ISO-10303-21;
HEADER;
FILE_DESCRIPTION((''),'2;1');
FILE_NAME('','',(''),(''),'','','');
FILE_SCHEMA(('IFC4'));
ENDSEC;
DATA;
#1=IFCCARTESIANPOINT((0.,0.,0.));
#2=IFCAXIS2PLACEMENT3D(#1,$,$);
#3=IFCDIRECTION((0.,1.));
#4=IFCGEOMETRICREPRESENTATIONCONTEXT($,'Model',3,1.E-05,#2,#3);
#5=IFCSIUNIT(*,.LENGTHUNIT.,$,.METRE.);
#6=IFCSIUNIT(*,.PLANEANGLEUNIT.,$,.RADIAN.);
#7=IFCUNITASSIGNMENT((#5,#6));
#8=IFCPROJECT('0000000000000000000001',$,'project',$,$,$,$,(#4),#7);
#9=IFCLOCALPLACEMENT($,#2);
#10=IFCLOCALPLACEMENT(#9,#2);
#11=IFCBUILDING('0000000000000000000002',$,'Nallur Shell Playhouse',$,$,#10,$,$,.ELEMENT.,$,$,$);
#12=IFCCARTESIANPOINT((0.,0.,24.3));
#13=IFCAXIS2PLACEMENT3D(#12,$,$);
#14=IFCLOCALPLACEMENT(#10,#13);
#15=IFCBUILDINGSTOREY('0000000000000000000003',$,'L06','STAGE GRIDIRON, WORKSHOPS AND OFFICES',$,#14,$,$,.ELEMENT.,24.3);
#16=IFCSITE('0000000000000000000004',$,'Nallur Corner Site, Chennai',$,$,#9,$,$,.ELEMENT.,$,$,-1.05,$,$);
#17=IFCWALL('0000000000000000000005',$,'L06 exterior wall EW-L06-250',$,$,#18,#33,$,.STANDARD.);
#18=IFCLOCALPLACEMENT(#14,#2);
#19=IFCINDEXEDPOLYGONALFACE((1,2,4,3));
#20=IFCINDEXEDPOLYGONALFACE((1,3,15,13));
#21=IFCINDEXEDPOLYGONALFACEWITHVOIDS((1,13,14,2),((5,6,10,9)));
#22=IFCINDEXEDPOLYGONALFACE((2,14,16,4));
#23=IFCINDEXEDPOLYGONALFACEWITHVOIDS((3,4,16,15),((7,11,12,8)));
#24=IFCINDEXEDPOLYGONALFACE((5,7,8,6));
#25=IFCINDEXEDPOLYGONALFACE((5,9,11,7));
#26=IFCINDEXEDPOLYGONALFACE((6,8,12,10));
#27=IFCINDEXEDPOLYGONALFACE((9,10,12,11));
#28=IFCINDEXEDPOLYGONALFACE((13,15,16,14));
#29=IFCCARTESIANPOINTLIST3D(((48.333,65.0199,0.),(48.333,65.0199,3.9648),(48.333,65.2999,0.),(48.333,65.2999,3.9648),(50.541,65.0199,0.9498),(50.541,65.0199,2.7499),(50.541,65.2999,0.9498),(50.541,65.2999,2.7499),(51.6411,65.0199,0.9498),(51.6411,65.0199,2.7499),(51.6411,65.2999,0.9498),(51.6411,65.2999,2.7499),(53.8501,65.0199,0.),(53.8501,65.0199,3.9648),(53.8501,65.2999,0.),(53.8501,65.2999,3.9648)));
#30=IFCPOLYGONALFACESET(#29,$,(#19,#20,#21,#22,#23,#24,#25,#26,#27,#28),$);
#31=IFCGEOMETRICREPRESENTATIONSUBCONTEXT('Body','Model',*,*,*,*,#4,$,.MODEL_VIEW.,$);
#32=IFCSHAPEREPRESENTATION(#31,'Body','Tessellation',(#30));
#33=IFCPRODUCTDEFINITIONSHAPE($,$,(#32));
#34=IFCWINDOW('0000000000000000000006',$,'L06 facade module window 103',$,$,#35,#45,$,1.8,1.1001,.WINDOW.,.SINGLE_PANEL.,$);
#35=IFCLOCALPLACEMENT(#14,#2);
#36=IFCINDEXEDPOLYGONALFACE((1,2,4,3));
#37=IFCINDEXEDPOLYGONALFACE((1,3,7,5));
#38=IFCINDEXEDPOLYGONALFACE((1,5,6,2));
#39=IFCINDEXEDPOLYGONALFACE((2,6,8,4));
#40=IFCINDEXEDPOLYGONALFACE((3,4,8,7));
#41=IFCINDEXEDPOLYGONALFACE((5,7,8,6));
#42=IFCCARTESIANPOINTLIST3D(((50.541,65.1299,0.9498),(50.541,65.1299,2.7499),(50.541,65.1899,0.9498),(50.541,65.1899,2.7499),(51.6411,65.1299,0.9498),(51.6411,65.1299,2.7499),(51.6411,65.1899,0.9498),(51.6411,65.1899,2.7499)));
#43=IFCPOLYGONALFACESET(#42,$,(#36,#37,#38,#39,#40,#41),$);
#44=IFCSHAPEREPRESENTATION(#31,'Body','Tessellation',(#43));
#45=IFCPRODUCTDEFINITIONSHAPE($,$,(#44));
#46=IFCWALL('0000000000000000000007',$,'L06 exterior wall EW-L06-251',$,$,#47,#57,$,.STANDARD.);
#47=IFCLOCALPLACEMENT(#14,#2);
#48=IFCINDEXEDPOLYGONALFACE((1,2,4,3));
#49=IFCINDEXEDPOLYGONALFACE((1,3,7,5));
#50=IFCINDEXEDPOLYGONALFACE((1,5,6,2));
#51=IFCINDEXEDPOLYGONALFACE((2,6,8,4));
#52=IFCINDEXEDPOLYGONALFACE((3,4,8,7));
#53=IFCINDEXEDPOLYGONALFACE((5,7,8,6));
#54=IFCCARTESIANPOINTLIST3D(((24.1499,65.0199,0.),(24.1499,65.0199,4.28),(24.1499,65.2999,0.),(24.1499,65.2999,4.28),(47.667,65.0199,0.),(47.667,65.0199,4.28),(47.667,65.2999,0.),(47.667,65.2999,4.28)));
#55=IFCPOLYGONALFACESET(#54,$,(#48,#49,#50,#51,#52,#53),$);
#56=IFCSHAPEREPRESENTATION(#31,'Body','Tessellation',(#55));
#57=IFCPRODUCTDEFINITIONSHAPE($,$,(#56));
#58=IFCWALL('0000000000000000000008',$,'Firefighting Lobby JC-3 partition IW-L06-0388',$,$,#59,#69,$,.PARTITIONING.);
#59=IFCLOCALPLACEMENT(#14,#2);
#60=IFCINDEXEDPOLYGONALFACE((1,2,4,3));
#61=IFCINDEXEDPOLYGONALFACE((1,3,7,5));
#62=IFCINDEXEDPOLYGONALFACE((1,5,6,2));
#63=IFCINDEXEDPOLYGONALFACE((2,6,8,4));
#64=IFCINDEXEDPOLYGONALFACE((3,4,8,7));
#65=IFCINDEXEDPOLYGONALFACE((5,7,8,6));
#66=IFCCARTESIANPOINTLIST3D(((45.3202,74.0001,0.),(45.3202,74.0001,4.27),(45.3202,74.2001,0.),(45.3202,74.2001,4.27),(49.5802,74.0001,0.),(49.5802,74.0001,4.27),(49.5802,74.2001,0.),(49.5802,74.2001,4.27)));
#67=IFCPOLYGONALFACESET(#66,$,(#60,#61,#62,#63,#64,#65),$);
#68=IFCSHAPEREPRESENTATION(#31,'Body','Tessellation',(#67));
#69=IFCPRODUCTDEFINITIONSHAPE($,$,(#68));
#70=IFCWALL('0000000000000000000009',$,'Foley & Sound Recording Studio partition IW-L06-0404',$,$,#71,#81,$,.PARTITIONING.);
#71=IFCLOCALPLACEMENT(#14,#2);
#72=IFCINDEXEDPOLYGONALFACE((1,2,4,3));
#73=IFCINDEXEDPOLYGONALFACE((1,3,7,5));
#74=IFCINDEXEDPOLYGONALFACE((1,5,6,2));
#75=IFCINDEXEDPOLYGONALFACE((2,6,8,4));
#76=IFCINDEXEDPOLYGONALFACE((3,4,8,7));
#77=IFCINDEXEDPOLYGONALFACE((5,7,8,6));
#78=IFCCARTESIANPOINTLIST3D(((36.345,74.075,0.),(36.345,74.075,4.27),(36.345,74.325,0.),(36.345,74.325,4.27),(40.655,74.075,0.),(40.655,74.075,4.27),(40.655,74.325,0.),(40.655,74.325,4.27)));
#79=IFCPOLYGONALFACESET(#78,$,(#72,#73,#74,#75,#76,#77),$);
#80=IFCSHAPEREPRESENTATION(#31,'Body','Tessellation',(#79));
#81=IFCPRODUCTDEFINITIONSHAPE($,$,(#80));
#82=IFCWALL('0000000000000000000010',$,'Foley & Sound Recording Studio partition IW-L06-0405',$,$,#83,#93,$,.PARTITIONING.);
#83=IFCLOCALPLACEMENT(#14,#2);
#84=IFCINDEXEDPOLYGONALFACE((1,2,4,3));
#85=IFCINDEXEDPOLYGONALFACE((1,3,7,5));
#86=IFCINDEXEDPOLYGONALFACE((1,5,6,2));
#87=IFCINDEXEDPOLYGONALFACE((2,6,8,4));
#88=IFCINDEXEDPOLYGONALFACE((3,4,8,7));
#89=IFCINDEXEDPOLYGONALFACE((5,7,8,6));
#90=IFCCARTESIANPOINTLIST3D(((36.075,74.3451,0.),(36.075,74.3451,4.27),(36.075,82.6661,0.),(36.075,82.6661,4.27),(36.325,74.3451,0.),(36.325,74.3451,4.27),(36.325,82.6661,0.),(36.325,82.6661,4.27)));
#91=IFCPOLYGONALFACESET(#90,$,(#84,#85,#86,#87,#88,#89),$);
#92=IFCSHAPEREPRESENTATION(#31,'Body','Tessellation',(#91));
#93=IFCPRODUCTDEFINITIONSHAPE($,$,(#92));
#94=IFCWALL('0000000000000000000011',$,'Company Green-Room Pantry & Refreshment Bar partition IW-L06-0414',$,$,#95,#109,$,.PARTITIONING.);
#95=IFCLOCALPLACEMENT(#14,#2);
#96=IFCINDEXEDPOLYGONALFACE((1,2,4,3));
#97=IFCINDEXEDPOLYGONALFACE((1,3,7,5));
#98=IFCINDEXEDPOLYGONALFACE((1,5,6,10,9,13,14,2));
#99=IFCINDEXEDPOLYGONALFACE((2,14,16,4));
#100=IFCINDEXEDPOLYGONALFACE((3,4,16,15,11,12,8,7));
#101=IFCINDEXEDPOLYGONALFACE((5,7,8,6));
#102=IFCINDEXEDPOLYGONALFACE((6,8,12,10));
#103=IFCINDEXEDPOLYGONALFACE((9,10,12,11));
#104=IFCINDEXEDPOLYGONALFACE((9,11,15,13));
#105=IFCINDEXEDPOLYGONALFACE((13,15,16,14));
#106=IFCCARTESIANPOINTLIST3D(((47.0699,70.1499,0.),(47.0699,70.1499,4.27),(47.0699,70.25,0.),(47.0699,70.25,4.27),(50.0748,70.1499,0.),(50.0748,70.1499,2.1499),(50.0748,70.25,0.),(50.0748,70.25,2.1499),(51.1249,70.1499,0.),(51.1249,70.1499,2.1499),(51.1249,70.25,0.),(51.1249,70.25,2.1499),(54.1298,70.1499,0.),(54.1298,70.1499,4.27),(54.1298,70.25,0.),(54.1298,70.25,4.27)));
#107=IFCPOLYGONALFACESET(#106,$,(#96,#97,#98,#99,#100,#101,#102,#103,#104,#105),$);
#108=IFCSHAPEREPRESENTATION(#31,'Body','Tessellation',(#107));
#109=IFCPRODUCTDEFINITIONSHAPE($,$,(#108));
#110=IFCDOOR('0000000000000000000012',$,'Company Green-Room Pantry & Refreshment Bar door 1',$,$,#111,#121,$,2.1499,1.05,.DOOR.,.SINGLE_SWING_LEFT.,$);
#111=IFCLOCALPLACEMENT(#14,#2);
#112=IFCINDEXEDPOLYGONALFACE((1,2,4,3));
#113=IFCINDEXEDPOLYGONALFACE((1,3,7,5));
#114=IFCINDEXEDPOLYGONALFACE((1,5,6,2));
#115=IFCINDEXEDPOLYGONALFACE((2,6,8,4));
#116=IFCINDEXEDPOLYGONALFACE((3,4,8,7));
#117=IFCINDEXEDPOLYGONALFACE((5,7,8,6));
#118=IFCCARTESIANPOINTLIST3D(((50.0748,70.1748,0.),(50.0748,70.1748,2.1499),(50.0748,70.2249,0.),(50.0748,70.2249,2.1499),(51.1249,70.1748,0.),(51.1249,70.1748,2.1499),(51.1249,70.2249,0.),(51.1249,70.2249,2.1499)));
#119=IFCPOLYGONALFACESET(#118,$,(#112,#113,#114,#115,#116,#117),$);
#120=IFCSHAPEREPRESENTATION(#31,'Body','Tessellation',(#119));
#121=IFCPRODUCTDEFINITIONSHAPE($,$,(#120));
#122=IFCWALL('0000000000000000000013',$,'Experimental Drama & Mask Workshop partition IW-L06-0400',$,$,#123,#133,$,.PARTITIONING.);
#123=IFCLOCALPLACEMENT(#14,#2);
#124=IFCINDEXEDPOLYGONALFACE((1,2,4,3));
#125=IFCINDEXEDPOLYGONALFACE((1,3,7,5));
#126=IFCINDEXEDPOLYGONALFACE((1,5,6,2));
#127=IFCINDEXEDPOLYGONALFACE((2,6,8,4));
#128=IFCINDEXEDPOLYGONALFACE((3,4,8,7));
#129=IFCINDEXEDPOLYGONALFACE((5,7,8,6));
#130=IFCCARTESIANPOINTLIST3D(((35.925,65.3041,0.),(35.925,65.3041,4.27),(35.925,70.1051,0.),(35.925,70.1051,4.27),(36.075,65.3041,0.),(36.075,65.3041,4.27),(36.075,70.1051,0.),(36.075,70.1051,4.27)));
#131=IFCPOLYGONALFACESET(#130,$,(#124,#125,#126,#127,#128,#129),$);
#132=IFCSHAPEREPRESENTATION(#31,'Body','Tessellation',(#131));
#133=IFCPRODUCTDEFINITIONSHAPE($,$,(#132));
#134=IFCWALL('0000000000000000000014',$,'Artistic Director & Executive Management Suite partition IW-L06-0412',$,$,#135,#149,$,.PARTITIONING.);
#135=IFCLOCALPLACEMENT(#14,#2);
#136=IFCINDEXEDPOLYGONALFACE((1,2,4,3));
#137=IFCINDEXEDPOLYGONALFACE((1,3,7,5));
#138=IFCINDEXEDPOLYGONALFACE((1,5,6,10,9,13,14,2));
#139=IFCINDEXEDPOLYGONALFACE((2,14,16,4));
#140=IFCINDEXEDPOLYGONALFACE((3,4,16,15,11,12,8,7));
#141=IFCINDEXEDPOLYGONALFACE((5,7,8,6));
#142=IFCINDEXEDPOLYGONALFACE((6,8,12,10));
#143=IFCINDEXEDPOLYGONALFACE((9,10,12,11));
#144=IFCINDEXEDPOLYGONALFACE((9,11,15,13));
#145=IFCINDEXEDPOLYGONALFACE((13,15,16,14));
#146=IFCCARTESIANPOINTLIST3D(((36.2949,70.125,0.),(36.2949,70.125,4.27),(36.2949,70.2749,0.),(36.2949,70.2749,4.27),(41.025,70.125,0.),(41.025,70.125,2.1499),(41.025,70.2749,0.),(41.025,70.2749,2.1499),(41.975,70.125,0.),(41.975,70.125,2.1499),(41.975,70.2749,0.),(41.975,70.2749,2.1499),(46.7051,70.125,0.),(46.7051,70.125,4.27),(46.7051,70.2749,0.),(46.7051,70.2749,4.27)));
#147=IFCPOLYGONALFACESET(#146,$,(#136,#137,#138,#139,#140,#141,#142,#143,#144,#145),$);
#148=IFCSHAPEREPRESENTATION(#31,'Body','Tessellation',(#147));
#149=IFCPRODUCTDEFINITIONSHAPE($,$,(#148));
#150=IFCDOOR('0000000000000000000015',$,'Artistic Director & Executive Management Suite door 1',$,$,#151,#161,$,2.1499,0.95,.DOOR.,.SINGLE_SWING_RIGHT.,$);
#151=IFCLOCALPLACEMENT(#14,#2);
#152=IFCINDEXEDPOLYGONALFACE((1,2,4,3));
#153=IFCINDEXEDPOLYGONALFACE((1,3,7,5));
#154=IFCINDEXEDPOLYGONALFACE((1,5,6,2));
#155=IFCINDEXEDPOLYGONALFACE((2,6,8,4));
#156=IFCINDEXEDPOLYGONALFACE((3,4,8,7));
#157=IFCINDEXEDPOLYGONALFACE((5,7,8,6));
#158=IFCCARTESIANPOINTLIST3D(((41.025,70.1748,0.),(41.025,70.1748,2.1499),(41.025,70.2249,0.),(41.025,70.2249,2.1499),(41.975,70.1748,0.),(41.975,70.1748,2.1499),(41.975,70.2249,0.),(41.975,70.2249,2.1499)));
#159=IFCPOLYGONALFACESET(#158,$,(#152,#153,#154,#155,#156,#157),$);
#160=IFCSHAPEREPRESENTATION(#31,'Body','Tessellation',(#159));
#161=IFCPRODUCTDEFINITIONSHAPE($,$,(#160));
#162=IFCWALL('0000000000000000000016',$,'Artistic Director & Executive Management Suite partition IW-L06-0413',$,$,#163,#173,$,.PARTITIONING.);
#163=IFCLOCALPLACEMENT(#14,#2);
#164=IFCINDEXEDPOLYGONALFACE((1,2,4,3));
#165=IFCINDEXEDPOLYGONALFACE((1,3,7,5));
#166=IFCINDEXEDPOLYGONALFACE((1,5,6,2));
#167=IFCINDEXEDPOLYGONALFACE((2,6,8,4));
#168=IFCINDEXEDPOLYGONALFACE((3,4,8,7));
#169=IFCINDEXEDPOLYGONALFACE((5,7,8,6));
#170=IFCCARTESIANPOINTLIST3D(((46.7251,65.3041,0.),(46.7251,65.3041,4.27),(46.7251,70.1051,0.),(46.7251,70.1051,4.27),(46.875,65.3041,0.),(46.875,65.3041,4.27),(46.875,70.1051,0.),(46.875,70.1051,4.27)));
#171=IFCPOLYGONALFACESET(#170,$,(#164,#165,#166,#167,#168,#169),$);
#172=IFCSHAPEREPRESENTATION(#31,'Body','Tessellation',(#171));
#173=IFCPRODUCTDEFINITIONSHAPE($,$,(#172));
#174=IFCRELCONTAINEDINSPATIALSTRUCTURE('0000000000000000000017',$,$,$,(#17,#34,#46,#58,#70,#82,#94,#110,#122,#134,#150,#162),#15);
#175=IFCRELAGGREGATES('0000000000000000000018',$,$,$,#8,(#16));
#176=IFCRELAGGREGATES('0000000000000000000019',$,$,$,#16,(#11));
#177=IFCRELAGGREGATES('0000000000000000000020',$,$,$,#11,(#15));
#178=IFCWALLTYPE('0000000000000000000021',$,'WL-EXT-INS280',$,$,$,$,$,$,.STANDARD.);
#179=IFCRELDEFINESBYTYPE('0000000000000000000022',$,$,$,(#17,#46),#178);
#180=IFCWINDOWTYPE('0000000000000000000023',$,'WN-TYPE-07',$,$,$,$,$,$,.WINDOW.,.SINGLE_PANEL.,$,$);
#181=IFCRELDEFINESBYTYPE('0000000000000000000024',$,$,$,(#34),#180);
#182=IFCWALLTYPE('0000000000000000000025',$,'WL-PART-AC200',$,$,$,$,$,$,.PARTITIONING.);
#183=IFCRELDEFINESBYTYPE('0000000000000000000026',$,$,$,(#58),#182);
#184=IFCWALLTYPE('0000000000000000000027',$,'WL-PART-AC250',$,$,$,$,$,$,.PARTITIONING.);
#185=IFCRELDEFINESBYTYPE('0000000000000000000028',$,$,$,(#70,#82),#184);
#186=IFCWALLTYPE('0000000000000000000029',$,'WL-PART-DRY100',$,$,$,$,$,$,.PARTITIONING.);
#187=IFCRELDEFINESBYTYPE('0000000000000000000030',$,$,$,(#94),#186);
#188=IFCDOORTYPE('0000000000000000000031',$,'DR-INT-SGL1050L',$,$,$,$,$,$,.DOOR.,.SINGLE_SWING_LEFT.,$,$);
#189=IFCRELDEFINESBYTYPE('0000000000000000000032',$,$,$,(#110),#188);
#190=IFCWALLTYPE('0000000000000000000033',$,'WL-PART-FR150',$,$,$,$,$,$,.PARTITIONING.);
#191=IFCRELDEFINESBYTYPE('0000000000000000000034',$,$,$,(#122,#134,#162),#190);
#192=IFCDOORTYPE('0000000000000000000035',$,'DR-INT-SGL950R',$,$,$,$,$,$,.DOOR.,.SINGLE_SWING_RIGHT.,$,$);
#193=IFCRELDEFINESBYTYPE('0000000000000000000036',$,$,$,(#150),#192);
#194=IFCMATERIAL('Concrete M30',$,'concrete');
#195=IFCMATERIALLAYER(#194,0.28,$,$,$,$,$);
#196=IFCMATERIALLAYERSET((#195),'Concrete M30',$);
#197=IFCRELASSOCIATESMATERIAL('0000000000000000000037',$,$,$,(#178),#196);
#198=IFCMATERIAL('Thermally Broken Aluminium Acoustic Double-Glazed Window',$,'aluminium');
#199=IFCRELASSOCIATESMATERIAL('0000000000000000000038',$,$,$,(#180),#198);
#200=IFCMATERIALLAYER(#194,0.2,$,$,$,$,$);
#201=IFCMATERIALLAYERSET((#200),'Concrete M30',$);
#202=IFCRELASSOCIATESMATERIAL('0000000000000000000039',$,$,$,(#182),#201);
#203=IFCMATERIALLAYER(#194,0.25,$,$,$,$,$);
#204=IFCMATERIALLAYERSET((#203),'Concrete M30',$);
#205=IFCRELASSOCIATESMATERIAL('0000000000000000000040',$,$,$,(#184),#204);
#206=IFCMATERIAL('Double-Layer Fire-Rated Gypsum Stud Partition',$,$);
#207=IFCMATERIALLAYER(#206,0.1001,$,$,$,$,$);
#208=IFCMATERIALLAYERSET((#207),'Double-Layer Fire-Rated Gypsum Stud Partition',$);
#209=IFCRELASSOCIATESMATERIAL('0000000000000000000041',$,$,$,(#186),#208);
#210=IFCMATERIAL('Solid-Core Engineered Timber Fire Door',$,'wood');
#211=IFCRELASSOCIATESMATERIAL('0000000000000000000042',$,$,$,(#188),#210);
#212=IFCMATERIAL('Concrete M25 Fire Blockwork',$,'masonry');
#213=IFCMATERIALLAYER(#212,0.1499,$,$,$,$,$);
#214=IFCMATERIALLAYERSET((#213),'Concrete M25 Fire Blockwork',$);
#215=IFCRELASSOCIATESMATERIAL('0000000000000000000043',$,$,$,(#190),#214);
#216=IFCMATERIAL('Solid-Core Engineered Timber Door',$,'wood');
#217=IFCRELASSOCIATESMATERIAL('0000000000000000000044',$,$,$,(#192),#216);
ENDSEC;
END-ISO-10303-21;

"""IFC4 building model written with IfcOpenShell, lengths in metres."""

from ifc_helpers import new_model, si_unit, direction, frame, frame_2d, origin, place, context, subcontext, project, spatial, rectangle, extrude, material, layer, layer_set, type_object, element, fill, save


model = new_model("IFC4")

# Units and contexts
model_context = context("Model", 3, precision=1e-05, world=origin(), true_north=direction((0.0, 1.0)))
body_context = subcontext(model_context, "Body", "Model", "MODEL_VIEW")
ifc_project = project(units=[si_unit("LENGTHUNIT", "METRE"), si_unit("PLANEANGLEUNIT", "RADIAN")], contexts=[model_context])

# Site, building, storey
site_placement = place(None, origin())
site = spatial("IfcSite", under=ifc_project, at=site_placement, Name="Nallur Corner Site, Chennai", CompositionType="ELEMENT", RefElevation=-1.05)
building_placement = place(site_placement, origin())
building = spatial("IfcBuilding", under=site, at=building_placement, Name="Nallur Shell Playhouse", CompositionType="ELEMENT")
storey_placement = place(building_placement, frame((0.0, 0.0, 24.3)))
storey = spatial("IfcBuildingStorey", under=building, at=storey_placement, Name="L06", Description="STAGE GRIDIRON, WORKSHOPS AND OFFICES", CompositionType="ELEMENT", Elevation=24.3)

# Wall, opening, window
ifc_material_1 = material(Name="Concrete M30", Category="concrete")
ifc_layer_1 = layer(ifc_material_1, 0.28)
ifc_layer_set_1 = layer_set([ifc_layer_1], Name="Concrete M30")
wall_type_1 = type_object("IfcWallType", Name="WL-EXT-INS280", PredefinedType="STANDARD", material=ifc_layer_set_1)
wall_1_placement = place(storey_placement, frame((53.8501, 65.1599, 0.0), z_axis=(0.0, 0.0, 1.0), x_axis=(-1.0, 0.0, 0.0)))
wall_1 = element("IfcWall", 1, at=wall_1_placement, inside=storey, type_object=wall_type_1, Name="L06 exterior wall EW-L06-250", PredefinedType="STANDARD", context=body_context, shape_type="SweptSolid", body=[
    extrude(rectangle(XDim=5.5171, YDim=0.28, at=frame_2d((2.7585, 0.0))), origin(), (0.0, 0.0, 1.0), 3.9648),
])
opening_1_placement = place(wall_1_placement, frame((2.209, 0.0, 0.95)))
opening_1 = element("IfcOpeningElement", 2, at=opening_1_placement, cuts=wall_1, PredefinedType="OPENING", context=body_context, shape_type="SweptSolid", body=[
    extrude(rectangle(XDim=1.1001, YDim=1.8, at=frame_2d((0.55, 0.8999))), frame((0.0, 0.1499, 0.0), z_axis=(0.0, -1.0, 0.0), x_axis=(1.0, 0.0, 0.0)), (0.0, 0.0, 1.0), 0.3),
])
ifc_material_2 = material(Name="Thermally Broken Aluminium Acoustic Double-Glazed Window", Category="aluminium")
window_type = type_object("IfcWindowType", Name="WN-TYPE-07", PartitioningType="SINGLE_PANEL", PredefinedType="WINDOW", material=ifc_material_2)
window_placement = place(opening_1_placement, origin())
window = element("IfcWindow", 3, at=window_placement, inside=storey, type_object=window_type, Name="L06 facade module window 103", OverallHeight=1.8, OverallWidth=1.1001, PartitioningType="SINGLE_PANEL", PredefinedType="WINDOW", context=body_context, shape_type="SweptSolid", body=[
    extrude(rectangle(XDim=1.1001, YDim=1.8, at=frame_2d((0.55, 0.8999))), frame((0.0, 0.03, 0.0), z_axis=(0.0, -1.0, 0.0), x_axis=(1.0, 0.0, 0.0)), (0.0, 0.0, 1.0), 0.0601),
])
fill(opening_1, window)

# Wall
wall_2_placement = place(storey_placement, frame((47.667, 65.1599, 0.0), z_axis=(0.0, 0.0, 1.0), x_axis=(-1.0, 0.0, 0.0)))
element("IfcWall", 4, at=wall_2_placement, inside=storey, type_object=wall_type_1, Name="L06 exterior wall EW-L06-251", PredefinedType="STANDARD", context=body_context, shape_type="SweptSolid", body=[
    extrude(rectangle(XDim=23.5171, YDim=0.28, at=frame_2d((11.7585, 0.0))), origin(), (0.0, 0.0, 1.0), 4.28),
])

# Shared definitions
ifc_layer_2 = layer(ifc_material_1, 0.2)
ifc_layer_set_2 = layer_set([ifc_layer_2], Name="Concrete M30")
wall_type_2 = type_object("IfcWallType", Name="WL-PART-AC200", PredefinedType="PARTITIONING", material=ifc_layer_set_2)

# Walls
wall_3_placement = place(storey_placement, frame((49.5801, 74.1001, 0.0), z_axis=(0.0, 0.0, 1.0), x_axis=(-1.0, 0.0, 0.0)))
element("IfcWall", 5, at=wall_3_placement, inside=storey, type_object=wall_type_2, Name="Firefighting Lobby JC-3 partition IW-L06-0388", PredefinedType="PARTITIONING", context=body_context, shape_type="SweptSolid", body=[
    extrude(rectangle(XDim=4.26, YDim=0.2, at=frame_2d((2.1299, 0.0))), origin(), (0.0, 0.0, 1.0), 4.27),
])
ifc_layer_3 = layer(ifc_material_1, 0.25)
ifc_layer_set_3 = layer_set([ifc_layer_3], Name="Concrete M30")
wall_type_3 = type_object("IfcWallType", Name="WL-PART-AC250", PredefinedType="PARTITIONING", material=ifc_layer_set_3)
wall_4_placement = place(storey_placement, frame((40.655, 74.2, 0.0), z_axis=(0.0, 0.0, 1.0), x_axis=(-1.0, 0.0, 0.0)))
element("IfcWall", 6, at=wall_4_placement, inside=storey, type_object=wall_type_3, Name="Foley & Sound Recording Studio partition IW-L06-0404", PredefinedType="PARTITIONING", context=body_context, shape_type="SweptSolid", body=[
    extrude(rectangle(XDim=4.3101, YDim=0.25, at=frame_2d((2.155, 0.0))), origin(), (0.0, 0.0, 1.0), 4.27),
])
wall_5_placement = place(storey_placement, frame((36.2, 74.345, 0.0), z_axis=(0.0, 0.0, 1.0), x_axis=(0.0, 1.0, 0.0)))
element("IfcWall", 7, at=wall_5_placement, inside=storey, type_object=wall_type_3, Name="Foley & Sound Recording Studio partition IW-L06-0405", PredefinedType="PARTITIONING", context=body_context, shape_type="SweptSolid", body=[
    extrude(rectangle(XDim=8.321, YDim=0.25, at=frame_2d((4.1606, 0.0))), origin(), (0.0, 0.0, 1.0), 4.27),
])

# Wall, opening, door
ifc_material_3 = material(Name="Double-Layer Fire-Rated Gypsum Stud Partition")
ifc_layer_4 = layer(ifc_material_3, 0.1001)
ifc_layer_set_4 = layer_set([ifc_layer_4], Name="Double-Layer Fire-Rated Gypsum Stud Partition")
wall_type_4 = type_object("IfcWallType", Name="WL-PART-DRY100", PredefinedType="PARTITIONING", material=ifc_layer_set_4)
wall_6_placement = place(storey_placement, frame((47.0701, 70.2, 0.0), z_axis=(0.0, 0.0, 1.0), x_axis=(1.0, 0.0, 0.0)))
wall_6 = element("IfcWall", 8, at=wall_6_placement, inside=storey, type_object=wall_type_4, Name="Company Green-Room Pantry & Refreshment Bar partition IW-L06-0414", PredefinedType="PARTITIONING", context=body_context, shape_type="SweptSolid", body=[
    extrude(rectangle(XDim=7.0598, YDim=0.1001, at=frame_2d((3.5298, 0.0))), origin(), (0.0, 0.0, 1.0), 4.27),
])
opening_2_placement = place(wall_6_placement, frame((3.0049, 0.0, 0.0)))
opening_2 = element("IfcOpeningElement", 9, at=opening_2_placement, cuts=wall_6, PredefinedType="OPENING", context=body_context, shape_type="SweptSolid", body=[
    extrude(rectangle(XDim=1.05, YDim=2.1499, at=frame_2d((0.5249, 1.075))), frame((0.0, 0.0601, 0.0), z_axis=(0.0, -1.0, 0.0), x_axis=(1.0, 0.0, 0.0)), (0.0, 0.0, 1.0), 0.1201),
])
ifc_material_4 = material(Name="Solid-Core Engineered Timber Fire Door", Category="wood")
door_type_1 = type_object("IfcDoorType", Name="DR-INT-SGL1050L", OperationType="SINGLE_SWING_LEFT", PredefinedType="DOOR", material=ifc_material_4)
door_1_placement = place(opening_2_placement, origin())
door_1 = element("IfcDoor", 10, at=door_1_placement, inside=storey, type_object=door_type_1, Name="Company Green-Room Pantry & Refreshment Bar door 1", OperationType="SINGLE_SWING_LEFT", OverallHeight=2.1499, OverallWidth=1.05, PredefinedType="DOOR", context=body_context, shape_type="SweptSolid", body=[
    extrude(rectangle(XDim=1.05, YDim=2.1499, at=frame_2d((0.5249, 1.075))), frame((0.0, 0.0249, 0.0), z_axis=(0.0, -1.0, 0.0), x_axis=(1.0, 0.0, 0.0)), (0.0, 0.0, 1.0), 0.05),
])
fill(opening_2, door_1)

# Wall
ifc_material_5 = material(Name="Concrete M25 Fire Blockwork", Category="masonry")
ifc_layer_5 = layer(ifc_material_5, 0.1499)
ifc_layer_set_5 = layer_set([ifc_layer_5], Name="Concrete M25 Fire Blockwork")
wall_type_5 = type_object("IfcWallType", Name="WL-PART-FR150", PredefinedType="PARTITIONING", material=ifc_layer_set_5)
wall_7_placement = place(storey_placement, frame((36.0, 70.105, 0.0), z_axis=(0.0, 0.0, 1.0), x_axis=(0.0, -1.0, 0.0)))
element("IfcWall", 11, at=wall_7_placement, inside=storey, type_object=wall_type_5, Name="Experimental Drama & Mask Workshop partition IW-L06-0400", PredefinedType="PARTITIONING", context=body_context, shape_type="SweptSolid", body=[
    extrude(rectangle(XDim=4.801, YDim=0.1499, at=frame_2d((2.4004, 0.0))), origin(), (0.0, 0.0, 1.0), 4.27),
])

# Wall, opening, door
wall_8_placement = place(storey_placement, frame((36.2949, 70.2, 0.0), z_axis=(0.0, 0.0, 1.0), x_axis=(1.0, 0.0, 0.0)))
wall_8 = element("IfcWall", 12, at=wall_8_placement, inside=storey, type_object=wall_type_5, Name="Artistic Director & Executive Management Suite partition IW-L06-0412", PredefinedType="PARTITIONING", context=body_context, shape_type="SweptSolid", body=[
    extrude(rectangle(XDim=10.4102, YDim=0.1499, at=frame_2d((5.2051, 0.0))), origin(), (0.0, 0.0, 1.0), 4.27),
])
opening_3_placement = place(wall_8_placement, frame((4.73, 0.0, 0.0)))
opening_3 = element("IfcOpeningElement", 13, at=opening_3_placement, cuts=wall_8, PredefinedType="OPENING", context=body_context, shape_type="SweptSolid", body=[
    extrude(rectangle(XDim=0.95, YDim=2.1499, at=frame_2d((0.4751, 1.075))), frame((0.0, 0.085, 0.0), z_axis=(0.0, -1.0, 0.0), x_axis=(1.0, 0.0, 0.0)), (0.0, 0.0, 1.0), 0.1699),
])
ifc_material_6 = material(Name="Solid-Core Engineered Timber Door", Category="wood")
door_type_2 = type_object("IfcDoorType", Name="DR-INT-SGL950R", OperationType="SINGLE_SWING_RIGHT", PredefinedType="DOOR", material=ifc_material_6)
door_2_placement = place(opening_3_placement, origin())
door_2 = element("IfcDoor", 14, at=door_2_placement, inside=storey, type_object=door_type_2, Name="Artistic Director & Executive Management Suite door 1", OperationType="SINGLE_SWING_RIGHT", OverallHeight=2.1499, OverallWidth=0.95, PredefinedType="DOOR", context=body_context, shape_type="SweptSolid", body=[
    extrude(rectangle(XDim=0.95, YDim=2.1499, at=frame_2d((0.4751, 1.075))), frame((0.0, 0.0249, 0.0), z_axis=(0.0, -1.0, 0.0), x_axis=(1.0, 0.0, 0.0)), (0.0, 0.0, 1.0), 0.05),
])
fill(opening_3, door_2)

# Wall
wall_9_placement = place(storey_placement, frame((46.8, 70.105, 0.0), z_axis=(0.0, 0.0, 1.0), x_axis=(0.0, -1.0, 0.0)))
element("IfcWall", 15, at=wall_9_placement, inside=storey, type_object=wall_type_5, Name="Artistic Director & Executive Management Suite partition IW-L06-0413", PredefinedType="PARTITIONING", context=body_context, shape_type="SweptSolid", body=[
    extrude(rectangle(XDim=4.801, YDim=0.1499, at=frame_2d((2.4004, 0.0))), origin(), (0.0, 0.0, 1.0), 4.27),
])

save(model, "model.ifc")
